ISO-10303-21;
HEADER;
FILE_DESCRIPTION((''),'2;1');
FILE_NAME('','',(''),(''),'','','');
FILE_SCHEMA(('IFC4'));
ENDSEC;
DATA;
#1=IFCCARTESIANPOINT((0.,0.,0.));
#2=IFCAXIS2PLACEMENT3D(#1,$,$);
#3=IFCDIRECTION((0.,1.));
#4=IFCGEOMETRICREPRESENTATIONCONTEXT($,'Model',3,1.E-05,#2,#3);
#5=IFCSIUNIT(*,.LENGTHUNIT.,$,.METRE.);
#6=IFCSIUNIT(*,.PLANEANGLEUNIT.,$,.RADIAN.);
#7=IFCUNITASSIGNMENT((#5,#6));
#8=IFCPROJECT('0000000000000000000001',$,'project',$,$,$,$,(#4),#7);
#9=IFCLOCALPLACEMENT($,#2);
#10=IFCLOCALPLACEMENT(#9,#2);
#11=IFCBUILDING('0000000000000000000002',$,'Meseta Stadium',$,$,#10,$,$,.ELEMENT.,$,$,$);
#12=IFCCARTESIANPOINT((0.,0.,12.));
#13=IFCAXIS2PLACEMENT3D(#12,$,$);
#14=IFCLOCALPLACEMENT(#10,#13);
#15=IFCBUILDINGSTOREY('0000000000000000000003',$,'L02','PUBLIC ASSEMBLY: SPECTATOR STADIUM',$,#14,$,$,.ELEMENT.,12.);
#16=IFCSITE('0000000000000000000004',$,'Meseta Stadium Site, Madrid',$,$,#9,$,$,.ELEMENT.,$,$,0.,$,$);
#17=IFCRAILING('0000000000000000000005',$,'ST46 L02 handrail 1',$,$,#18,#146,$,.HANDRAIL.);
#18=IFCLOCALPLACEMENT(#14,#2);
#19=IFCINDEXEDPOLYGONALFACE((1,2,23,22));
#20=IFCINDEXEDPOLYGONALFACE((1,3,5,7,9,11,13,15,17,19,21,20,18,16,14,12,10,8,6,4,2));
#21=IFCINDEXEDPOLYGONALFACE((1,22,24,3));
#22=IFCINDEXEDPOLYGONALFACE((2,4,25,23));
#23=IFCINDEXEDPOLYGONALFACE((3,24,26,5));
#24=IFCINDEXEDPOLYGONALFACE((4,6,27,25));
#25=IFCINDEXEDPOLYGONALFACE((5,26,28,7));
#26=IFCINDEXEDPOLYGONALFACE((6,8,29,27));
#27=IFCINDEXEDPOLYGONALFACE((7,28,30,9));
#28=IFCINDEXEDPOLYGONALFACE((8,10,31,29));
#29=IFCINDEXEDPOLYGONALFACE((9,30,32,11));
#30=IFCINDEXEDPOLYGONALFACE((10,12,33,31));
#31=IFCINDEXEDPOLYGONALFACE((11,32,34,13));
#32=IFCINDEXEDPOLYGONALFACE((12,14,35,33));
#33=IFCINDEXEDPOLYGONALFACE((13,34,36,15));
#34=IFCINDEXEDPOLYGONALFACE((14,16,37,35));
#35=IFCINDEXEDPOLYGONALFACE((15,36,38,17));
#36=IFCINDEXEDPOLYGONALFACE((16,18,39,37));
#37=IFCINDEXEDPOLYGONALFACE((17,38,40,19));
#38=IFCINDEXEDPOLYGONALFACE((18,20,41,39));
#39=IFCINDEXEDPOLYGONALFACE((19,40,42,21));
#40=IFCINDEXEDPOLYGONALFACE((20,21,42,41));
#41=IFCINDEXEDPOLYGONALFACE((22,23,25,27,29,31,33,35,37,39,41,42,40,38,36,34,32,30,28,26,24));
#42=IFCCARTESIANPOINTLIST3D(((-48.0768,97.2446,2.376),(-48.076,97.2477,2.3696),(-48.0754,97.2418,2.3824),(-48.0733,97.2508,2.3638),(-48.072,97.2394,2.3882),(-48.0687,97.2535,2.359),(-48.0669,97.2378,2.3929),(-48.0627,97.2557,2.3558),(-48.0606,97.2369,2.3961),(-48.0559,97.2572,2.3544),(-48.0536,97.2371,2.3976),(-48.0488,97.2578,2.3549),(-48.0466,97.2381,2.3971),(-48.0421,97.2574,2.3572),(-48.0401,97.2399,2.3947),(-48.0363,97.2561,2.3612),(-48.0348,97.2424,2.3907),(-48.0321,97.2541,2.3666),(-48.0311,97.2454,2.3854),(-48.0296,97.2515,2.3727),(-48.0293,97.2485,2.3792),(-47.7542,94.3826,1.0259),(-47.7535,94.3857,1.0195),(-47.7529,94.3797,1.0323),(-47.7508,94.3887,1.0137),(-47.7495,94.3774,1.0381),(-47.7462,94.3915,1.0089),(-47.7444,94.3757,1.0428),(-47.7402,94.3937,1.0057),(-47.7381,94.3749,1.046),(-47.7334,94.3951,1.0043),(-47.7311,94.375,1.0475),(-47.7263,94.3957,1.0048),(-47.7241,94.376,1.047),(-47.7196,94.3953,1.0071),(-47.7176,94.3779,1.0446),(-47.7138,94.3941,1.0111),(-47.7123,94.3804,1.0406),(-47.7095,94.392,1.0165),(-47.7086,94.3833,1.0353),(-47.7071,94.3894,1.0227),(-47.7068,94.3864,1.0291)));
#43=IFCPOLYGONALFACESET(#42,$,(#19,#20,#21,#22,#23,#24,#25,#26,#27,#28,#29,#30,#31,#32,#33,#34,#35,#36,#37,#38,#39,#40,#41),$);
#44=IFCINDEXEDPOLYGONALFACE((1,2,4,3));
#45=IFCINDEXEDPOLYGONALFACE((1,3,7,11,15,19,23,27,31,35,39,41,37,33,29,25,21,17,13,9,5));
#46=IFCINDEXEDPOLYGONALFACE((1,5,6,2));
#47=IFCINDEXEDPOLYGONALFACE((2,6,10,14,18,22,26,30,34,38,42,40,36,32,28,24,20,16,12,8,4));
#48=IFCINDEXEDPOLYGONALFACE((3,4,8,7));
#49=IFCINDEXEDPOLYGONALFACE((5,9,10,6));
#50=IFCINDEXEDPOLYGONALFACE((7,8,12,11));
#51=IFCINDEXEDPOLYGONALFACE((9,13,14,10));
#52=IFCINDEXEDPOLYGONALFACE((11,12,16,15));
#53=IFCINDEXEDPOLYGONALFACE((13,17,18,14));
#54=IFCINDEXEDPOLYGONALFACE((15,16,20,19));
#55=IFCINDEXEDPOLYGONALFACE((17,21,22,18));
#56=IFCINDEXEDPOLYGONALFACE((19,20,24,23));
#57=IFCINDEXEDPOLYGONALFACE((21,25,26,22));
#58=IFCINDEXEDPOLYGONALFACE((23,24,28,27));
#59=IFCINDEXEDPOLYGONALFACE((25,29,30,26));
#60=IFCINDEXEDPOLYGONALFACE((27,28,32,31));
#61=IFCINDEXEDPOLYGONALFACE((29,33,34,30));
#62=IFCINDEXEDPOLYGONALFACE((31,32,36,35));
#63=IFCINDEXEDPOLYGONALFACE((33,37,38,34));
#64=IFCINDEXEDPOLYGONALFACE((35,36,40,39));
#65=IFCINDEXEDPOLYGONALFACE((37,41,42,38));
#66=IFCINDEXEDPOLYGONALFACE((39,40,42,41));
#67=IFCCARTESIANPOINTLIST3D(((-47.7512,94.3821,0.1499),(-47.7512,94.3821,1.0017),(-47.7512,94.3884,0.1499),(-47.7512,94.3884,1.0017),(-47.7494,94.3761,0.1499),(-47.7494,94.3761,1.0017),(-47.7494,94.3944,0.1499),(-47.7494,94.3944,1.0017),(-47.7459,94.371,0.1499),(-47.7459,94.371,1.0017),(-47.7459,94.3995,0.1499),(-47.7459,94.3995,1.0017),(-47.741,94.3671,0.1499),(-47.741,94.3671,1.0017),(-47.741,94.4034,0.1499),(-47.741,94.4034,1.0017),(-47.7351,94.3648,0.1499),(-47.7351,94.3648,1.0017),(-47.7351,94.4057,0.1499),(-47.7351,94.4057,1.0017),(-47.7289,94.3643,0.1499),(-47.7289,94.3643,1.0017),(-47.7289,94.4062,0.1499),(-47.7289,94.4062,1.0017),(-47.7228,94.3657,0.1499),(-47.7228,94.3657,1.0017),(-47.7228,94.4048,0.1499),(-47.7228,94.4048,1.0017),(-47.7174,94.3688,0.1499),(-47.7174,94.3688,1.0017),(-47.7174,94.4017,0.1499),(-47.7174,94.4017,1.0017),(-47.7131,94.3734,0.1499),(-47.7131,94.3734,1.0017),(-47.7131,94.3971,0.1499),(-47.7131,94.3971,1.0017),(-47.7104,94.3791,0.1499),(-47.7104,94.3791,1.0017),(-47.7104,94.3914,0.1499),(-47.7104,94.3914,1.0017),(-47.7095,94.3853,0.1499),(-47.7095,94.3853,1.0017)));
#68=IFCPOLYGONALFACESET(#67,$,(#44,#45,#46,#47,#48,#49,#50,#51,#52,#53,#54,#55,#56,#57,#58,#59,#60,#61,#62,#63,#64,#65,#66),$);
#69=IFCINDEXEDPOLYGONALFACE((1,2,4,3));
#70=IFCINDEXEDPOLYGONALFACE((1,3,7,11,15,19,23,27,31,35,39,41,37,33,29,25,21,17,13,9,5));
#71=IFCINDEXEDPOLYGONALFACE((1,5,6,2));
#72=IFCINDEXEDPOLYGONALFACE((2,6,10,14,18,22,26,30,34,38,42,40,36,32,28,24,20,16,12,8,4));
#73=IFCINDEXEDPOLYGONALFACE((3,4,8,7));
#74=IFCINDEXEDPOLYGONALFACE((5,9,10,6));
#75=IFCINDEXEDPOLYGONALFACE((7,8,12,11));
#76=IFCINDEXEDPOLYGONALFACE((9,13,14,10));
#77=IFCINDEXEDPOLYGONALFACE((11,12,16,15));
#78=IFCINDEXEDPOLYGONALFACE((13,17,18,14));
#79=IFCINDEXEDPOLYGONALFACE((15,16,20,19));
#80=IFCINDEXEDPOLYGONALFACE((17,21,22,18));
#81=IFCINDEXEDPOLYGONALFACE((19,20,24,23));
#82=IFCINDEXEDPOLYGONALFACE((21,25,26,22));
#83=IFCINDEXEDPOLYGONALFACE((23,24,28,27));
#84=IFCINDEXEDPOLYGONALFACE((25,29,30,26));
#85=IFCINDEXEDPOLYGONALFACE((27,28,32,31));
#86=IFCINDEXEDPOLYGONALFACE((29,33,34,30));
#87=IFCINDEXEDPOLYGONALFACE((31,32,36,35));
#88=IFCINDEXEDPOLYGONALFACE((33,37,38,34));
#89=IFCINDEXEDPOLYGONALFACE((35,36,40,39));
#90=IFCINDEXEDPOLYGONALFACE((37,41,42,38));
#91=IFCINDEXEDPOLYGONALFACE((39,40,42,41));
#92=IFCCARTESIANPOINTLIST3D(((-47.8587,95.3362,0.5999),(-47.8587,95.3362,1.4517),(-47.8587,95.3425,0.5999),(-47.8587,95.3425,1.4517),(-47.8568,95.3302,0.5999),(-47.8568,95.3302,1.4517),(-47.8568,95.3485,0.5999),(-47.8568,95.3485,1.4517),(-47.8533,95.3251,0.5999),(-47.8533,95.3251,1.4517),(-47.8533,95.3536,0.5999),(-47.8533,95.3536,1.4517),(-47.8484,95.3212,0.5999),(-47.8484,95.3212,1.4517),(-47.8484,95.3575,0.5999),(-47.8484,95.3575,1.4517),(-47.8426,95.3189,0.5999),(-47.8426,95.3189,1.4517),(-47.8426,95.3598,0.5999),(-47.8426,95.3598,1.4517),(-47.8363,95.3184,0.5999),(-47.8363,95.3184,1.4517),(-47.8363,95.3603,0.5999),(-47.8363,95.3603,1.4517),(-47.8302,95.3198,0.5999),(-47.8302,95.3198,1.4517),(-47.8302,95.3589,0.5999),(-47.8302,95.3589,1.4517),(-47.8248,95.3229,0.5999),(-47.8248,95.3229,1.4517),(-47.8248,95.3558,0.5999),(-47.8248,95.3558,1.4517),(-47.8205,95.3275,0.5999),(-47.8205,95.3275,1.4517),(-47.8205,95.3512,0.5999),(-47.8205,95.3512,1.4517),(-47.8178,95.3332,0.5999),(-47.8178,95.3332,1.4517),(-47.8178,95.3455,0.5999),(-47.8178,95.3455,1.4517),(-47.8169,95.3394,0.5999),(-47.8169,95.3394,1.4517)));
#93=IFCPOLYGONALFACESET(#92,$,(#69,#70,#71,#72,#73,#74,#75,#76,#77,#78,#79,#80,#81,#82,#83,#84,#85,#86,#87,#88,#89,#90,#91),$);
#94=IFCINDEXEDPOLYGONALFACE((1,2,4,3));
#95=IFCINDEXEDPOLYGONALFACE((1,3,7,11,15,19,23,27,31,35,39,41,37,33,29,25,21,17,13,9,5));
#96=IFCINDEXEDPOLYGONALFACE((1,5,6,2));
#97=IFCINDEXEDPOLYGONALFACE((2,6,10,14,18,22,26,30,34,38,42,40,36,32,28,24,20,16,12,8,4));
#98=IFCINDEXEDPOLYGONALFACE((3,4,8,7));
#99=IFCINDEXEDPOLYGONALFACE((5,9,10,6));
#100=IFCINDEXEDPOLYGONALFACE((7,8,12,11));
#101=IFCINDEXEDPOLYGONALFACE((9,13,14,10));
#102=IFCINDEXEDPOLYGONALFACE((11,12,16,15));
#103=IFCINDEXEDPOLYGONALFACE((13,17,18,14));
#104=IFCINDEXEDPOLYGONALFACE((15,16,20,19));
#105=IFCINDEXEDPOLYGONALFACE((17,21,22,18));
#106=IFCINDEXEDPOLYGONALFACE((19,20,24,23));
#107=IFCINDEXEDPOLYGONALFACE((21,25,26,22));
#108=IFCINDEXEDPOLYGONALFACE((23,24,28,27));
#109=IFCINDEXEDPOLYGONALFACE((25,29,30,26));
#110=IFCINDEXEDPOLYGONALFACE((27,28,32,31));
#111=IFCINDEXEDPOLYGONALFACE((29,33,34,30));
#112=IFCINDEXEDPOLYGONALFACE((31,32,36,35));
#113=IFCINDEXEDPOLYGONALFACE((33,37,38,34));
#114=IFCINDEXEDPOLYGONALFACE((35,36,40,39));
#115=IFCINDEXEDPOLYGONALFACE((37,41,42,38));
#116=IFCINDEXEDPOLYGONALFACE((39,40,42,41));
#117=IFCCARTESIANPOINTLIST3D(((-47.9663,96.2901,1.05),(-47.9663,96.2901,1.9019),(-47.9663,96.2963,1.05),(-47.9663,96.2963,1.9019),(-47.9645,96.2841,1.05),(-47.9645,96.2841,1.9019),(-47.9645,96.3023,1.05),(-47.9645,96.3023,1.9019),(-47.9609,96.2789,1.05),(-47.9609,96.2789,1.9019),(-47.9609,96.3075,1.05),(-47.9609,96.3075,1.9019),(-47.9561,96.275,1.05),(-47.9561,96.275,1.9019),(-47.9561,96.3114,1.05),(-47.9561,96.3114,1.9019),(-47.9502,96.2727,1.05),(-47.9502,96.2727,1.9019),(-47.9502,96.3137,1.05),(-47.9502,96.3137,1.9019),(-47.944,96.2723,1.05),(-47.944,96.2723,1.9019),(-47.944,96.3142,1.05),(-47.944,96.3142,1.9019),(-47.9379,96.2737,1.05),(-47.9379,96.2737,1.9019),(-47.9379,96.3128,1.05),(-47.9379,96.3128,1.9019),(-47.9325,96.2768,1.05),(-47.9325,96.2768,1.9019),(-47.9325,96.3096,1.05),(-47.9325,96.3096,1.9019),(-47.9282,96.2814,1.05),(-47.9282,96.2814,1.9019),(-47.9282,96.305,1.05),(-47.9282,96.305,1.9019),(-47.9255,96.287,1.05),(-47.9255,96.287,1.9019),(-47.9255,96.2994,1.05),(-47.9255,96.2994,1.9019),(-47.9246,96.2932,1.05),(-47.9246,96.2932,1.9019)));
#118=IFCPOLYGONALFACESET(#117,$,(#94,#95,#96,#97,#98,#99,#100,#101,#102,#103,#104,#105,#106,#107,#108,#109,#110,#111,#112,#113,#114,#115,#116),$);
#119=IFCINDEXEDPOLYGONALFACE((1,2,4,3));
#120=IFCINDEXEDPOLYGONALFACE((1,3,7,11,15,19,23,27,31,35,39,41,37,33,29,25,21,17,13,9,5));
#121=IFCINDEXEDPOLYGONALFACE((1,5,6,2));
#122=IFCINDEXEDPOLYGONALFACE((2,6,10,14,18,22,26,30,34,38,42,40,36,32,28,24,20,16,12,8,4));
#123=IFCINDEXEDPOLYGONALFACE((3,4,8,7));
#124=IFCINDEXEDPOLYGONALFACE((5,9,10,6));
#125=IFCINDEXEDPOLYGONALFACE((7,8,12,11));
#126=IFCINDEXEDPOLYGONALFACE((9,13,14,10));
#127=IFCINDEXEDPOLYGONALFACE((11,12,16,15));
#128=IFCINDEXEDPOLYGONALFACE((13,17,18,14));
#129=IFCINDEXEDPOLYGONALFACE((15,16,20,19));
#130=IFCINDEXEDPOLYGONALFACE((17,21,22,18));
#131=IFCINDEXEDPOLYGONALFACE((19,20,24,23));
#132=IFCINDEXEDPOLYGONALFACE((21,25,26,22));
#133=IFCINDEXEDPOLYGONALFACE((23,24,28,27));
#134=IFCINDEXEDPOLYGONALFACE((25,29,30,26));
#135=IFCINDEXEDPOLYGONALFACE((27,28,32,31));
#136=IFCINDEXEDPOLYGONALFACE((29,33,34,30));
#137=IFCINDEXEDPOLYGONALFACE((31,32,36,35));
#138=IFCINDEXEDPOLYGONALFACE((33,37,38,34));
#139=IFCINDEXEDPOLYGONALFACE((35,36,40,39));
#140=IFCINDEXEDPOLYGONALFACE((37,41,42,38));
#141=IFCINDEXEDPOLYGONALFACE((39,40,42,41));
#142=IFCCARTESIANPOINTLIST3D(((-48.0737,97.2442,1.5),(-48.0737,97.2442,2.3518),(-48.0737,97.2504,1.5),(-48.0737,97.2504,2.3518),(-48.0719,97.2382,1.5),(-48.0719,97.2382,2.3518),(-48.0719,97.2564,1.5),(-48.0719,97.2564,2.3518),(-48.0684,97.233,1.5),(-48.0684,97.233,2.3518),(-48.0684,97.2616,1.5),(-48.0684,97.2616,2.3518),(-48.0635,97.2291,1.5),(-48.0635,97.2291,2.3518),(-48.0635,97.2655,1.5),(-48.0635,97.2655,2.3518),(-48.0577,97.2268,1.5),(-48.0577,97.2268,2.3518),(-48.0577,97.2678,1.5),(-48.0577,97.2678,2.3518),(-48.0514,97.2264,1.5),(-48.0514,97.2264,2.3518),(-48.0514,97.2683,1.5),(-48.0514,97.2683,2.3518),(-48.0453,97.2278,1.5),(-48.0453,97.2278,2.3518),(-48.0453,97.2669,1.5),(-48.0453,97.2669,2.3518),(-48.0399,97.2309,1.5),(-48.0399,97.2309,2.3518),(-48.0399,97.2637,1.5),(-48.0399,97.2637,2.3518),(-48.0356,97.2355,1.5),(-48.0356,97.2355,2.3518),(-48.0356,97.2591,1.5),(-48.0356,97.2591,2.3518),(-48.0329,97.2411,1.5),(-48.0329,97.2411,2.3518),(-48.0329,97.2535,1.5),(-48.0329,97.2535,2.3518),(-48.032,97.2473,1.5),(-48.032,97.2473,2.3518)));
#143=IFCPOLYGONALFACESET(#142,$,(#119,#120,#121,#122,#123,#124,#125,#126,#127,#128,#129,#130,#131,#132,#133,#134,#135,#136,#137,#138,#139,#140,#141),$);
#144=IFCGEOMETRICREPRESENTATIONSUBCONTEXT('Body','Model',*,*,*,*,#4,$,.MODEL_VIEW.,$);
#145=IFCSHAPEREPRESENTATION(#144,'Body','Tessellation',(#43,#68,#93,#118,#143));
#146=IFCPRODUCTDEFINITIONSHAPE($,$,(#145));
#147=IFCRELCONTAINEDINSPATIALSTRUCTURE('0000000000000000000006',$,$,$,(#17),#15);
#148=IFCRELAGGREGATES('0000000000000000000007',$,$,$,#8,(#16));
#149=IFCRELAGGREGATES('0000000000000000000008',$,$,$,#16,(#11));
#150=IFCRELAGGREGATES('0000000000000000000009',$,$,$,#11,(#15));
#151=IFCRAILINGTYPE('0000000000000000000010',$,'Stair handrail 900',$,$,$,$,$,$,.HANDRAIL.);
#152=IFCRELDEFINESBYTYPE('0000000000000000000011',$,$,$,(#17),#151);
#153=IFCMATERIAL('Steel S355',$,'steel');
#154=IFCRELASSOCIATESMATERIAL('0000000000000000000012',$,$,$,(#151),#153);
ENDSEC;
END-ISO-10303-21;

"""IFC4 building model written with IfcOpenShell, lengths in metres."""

from ifc_helpers import new_model, si_unit, direction, frame, origin, origin_2d, place, context, subcontext, project, spatial, circle, extrude, material, type_object, element, save


model = new_model("IFC4")

# Units and contexts
model_context = context("Model", 3, precision=1e-05, world=origin(), true_north=direction((0.0, 1.0)))
body_context = subcontext(model_context, "Body", "Model", "MODEL_VIEW")
ifc_project = project(units=[si_unit("LENGTHUNIT", "METRE"), si_unit("PLANEANGLEUNIT", "RADIAN")], contexts=[model_context])

# Site, building, storey
site_placement = place(None, origin())
site = spatial("IfcSite", under=ifc_project, at=site_placement, Name="Meseta Stadium Site, Madrid", CompositionType="ELEMENT", RefElevation=0.0)
building_placement = place(site_placement, origin())
building = spatial("IfcBuilding", under=site, at=building_placement, Name="Meseta Stadium", CompositionType="ELEMENT")
storey_placement = place(building_placement, frame((0.0, 0.0, 12.0)))
storey = spatial("IfcBuildingStorey", under=building, at=storey_placement, Name="L02", Description="PUBLIC ASSEMBLY: SPECTATOR STADIUM", CompositionType="ELEMENT", Elevation=12.0)

# Railing
ifc_material_1 = material(Name="Steel S355", Category="steel")
railing_type_1 = type_object("IfcRailingType", Name="Stair handrail 900", PredefinedType="HANDRAIL", material=ifc_material_1)
railing_1_placement = place(storey_placement, frame((-47.7305, 94.3853, 0.1499)))
element("IfcRailing", 1, at=railing_1_placement, inside=storey, type_object=railing_type_1, Name="ST46 L02 handrail 1", PredefinedType="HANDRAIL", context=body_context, shape_type="SweptSolid", body=[
    extrude(circle(Radius=0.0239, at=origin_2d()), frame((0.0, 0.0, 0.876), z_axis=(-0.101389, 0.899763, 0.424438), x_axis=(-0.993711, -0.111976, 0.0)), (0.0, 0.0, 1.0), 3.1809),
    extrude(circle(Radius=0.021, at=origin_2d()), origin(), (0.0, 0.0, 1.0), 0.8518),
    extrude(circle(Radius=0.021, at=origin_2d()), frame((-0.1074, 0.9541, 0.45)), (0.0, 0.0, 1.0), 0.8518),
    extrude(circle(Radius=0.021, at=origin_2d()), frame((-0.2151, 1.908, 0.9001)), (0.0, 0.0, 1.0), 0.8518),
    extrude(circle(Radius=0.021, at=origin_2d()), frame((-0.3225, 2.8621, 1.3501)), (0.0, 0.0, 1.0), 0.8518),
])

save(model, "model.ifc")
